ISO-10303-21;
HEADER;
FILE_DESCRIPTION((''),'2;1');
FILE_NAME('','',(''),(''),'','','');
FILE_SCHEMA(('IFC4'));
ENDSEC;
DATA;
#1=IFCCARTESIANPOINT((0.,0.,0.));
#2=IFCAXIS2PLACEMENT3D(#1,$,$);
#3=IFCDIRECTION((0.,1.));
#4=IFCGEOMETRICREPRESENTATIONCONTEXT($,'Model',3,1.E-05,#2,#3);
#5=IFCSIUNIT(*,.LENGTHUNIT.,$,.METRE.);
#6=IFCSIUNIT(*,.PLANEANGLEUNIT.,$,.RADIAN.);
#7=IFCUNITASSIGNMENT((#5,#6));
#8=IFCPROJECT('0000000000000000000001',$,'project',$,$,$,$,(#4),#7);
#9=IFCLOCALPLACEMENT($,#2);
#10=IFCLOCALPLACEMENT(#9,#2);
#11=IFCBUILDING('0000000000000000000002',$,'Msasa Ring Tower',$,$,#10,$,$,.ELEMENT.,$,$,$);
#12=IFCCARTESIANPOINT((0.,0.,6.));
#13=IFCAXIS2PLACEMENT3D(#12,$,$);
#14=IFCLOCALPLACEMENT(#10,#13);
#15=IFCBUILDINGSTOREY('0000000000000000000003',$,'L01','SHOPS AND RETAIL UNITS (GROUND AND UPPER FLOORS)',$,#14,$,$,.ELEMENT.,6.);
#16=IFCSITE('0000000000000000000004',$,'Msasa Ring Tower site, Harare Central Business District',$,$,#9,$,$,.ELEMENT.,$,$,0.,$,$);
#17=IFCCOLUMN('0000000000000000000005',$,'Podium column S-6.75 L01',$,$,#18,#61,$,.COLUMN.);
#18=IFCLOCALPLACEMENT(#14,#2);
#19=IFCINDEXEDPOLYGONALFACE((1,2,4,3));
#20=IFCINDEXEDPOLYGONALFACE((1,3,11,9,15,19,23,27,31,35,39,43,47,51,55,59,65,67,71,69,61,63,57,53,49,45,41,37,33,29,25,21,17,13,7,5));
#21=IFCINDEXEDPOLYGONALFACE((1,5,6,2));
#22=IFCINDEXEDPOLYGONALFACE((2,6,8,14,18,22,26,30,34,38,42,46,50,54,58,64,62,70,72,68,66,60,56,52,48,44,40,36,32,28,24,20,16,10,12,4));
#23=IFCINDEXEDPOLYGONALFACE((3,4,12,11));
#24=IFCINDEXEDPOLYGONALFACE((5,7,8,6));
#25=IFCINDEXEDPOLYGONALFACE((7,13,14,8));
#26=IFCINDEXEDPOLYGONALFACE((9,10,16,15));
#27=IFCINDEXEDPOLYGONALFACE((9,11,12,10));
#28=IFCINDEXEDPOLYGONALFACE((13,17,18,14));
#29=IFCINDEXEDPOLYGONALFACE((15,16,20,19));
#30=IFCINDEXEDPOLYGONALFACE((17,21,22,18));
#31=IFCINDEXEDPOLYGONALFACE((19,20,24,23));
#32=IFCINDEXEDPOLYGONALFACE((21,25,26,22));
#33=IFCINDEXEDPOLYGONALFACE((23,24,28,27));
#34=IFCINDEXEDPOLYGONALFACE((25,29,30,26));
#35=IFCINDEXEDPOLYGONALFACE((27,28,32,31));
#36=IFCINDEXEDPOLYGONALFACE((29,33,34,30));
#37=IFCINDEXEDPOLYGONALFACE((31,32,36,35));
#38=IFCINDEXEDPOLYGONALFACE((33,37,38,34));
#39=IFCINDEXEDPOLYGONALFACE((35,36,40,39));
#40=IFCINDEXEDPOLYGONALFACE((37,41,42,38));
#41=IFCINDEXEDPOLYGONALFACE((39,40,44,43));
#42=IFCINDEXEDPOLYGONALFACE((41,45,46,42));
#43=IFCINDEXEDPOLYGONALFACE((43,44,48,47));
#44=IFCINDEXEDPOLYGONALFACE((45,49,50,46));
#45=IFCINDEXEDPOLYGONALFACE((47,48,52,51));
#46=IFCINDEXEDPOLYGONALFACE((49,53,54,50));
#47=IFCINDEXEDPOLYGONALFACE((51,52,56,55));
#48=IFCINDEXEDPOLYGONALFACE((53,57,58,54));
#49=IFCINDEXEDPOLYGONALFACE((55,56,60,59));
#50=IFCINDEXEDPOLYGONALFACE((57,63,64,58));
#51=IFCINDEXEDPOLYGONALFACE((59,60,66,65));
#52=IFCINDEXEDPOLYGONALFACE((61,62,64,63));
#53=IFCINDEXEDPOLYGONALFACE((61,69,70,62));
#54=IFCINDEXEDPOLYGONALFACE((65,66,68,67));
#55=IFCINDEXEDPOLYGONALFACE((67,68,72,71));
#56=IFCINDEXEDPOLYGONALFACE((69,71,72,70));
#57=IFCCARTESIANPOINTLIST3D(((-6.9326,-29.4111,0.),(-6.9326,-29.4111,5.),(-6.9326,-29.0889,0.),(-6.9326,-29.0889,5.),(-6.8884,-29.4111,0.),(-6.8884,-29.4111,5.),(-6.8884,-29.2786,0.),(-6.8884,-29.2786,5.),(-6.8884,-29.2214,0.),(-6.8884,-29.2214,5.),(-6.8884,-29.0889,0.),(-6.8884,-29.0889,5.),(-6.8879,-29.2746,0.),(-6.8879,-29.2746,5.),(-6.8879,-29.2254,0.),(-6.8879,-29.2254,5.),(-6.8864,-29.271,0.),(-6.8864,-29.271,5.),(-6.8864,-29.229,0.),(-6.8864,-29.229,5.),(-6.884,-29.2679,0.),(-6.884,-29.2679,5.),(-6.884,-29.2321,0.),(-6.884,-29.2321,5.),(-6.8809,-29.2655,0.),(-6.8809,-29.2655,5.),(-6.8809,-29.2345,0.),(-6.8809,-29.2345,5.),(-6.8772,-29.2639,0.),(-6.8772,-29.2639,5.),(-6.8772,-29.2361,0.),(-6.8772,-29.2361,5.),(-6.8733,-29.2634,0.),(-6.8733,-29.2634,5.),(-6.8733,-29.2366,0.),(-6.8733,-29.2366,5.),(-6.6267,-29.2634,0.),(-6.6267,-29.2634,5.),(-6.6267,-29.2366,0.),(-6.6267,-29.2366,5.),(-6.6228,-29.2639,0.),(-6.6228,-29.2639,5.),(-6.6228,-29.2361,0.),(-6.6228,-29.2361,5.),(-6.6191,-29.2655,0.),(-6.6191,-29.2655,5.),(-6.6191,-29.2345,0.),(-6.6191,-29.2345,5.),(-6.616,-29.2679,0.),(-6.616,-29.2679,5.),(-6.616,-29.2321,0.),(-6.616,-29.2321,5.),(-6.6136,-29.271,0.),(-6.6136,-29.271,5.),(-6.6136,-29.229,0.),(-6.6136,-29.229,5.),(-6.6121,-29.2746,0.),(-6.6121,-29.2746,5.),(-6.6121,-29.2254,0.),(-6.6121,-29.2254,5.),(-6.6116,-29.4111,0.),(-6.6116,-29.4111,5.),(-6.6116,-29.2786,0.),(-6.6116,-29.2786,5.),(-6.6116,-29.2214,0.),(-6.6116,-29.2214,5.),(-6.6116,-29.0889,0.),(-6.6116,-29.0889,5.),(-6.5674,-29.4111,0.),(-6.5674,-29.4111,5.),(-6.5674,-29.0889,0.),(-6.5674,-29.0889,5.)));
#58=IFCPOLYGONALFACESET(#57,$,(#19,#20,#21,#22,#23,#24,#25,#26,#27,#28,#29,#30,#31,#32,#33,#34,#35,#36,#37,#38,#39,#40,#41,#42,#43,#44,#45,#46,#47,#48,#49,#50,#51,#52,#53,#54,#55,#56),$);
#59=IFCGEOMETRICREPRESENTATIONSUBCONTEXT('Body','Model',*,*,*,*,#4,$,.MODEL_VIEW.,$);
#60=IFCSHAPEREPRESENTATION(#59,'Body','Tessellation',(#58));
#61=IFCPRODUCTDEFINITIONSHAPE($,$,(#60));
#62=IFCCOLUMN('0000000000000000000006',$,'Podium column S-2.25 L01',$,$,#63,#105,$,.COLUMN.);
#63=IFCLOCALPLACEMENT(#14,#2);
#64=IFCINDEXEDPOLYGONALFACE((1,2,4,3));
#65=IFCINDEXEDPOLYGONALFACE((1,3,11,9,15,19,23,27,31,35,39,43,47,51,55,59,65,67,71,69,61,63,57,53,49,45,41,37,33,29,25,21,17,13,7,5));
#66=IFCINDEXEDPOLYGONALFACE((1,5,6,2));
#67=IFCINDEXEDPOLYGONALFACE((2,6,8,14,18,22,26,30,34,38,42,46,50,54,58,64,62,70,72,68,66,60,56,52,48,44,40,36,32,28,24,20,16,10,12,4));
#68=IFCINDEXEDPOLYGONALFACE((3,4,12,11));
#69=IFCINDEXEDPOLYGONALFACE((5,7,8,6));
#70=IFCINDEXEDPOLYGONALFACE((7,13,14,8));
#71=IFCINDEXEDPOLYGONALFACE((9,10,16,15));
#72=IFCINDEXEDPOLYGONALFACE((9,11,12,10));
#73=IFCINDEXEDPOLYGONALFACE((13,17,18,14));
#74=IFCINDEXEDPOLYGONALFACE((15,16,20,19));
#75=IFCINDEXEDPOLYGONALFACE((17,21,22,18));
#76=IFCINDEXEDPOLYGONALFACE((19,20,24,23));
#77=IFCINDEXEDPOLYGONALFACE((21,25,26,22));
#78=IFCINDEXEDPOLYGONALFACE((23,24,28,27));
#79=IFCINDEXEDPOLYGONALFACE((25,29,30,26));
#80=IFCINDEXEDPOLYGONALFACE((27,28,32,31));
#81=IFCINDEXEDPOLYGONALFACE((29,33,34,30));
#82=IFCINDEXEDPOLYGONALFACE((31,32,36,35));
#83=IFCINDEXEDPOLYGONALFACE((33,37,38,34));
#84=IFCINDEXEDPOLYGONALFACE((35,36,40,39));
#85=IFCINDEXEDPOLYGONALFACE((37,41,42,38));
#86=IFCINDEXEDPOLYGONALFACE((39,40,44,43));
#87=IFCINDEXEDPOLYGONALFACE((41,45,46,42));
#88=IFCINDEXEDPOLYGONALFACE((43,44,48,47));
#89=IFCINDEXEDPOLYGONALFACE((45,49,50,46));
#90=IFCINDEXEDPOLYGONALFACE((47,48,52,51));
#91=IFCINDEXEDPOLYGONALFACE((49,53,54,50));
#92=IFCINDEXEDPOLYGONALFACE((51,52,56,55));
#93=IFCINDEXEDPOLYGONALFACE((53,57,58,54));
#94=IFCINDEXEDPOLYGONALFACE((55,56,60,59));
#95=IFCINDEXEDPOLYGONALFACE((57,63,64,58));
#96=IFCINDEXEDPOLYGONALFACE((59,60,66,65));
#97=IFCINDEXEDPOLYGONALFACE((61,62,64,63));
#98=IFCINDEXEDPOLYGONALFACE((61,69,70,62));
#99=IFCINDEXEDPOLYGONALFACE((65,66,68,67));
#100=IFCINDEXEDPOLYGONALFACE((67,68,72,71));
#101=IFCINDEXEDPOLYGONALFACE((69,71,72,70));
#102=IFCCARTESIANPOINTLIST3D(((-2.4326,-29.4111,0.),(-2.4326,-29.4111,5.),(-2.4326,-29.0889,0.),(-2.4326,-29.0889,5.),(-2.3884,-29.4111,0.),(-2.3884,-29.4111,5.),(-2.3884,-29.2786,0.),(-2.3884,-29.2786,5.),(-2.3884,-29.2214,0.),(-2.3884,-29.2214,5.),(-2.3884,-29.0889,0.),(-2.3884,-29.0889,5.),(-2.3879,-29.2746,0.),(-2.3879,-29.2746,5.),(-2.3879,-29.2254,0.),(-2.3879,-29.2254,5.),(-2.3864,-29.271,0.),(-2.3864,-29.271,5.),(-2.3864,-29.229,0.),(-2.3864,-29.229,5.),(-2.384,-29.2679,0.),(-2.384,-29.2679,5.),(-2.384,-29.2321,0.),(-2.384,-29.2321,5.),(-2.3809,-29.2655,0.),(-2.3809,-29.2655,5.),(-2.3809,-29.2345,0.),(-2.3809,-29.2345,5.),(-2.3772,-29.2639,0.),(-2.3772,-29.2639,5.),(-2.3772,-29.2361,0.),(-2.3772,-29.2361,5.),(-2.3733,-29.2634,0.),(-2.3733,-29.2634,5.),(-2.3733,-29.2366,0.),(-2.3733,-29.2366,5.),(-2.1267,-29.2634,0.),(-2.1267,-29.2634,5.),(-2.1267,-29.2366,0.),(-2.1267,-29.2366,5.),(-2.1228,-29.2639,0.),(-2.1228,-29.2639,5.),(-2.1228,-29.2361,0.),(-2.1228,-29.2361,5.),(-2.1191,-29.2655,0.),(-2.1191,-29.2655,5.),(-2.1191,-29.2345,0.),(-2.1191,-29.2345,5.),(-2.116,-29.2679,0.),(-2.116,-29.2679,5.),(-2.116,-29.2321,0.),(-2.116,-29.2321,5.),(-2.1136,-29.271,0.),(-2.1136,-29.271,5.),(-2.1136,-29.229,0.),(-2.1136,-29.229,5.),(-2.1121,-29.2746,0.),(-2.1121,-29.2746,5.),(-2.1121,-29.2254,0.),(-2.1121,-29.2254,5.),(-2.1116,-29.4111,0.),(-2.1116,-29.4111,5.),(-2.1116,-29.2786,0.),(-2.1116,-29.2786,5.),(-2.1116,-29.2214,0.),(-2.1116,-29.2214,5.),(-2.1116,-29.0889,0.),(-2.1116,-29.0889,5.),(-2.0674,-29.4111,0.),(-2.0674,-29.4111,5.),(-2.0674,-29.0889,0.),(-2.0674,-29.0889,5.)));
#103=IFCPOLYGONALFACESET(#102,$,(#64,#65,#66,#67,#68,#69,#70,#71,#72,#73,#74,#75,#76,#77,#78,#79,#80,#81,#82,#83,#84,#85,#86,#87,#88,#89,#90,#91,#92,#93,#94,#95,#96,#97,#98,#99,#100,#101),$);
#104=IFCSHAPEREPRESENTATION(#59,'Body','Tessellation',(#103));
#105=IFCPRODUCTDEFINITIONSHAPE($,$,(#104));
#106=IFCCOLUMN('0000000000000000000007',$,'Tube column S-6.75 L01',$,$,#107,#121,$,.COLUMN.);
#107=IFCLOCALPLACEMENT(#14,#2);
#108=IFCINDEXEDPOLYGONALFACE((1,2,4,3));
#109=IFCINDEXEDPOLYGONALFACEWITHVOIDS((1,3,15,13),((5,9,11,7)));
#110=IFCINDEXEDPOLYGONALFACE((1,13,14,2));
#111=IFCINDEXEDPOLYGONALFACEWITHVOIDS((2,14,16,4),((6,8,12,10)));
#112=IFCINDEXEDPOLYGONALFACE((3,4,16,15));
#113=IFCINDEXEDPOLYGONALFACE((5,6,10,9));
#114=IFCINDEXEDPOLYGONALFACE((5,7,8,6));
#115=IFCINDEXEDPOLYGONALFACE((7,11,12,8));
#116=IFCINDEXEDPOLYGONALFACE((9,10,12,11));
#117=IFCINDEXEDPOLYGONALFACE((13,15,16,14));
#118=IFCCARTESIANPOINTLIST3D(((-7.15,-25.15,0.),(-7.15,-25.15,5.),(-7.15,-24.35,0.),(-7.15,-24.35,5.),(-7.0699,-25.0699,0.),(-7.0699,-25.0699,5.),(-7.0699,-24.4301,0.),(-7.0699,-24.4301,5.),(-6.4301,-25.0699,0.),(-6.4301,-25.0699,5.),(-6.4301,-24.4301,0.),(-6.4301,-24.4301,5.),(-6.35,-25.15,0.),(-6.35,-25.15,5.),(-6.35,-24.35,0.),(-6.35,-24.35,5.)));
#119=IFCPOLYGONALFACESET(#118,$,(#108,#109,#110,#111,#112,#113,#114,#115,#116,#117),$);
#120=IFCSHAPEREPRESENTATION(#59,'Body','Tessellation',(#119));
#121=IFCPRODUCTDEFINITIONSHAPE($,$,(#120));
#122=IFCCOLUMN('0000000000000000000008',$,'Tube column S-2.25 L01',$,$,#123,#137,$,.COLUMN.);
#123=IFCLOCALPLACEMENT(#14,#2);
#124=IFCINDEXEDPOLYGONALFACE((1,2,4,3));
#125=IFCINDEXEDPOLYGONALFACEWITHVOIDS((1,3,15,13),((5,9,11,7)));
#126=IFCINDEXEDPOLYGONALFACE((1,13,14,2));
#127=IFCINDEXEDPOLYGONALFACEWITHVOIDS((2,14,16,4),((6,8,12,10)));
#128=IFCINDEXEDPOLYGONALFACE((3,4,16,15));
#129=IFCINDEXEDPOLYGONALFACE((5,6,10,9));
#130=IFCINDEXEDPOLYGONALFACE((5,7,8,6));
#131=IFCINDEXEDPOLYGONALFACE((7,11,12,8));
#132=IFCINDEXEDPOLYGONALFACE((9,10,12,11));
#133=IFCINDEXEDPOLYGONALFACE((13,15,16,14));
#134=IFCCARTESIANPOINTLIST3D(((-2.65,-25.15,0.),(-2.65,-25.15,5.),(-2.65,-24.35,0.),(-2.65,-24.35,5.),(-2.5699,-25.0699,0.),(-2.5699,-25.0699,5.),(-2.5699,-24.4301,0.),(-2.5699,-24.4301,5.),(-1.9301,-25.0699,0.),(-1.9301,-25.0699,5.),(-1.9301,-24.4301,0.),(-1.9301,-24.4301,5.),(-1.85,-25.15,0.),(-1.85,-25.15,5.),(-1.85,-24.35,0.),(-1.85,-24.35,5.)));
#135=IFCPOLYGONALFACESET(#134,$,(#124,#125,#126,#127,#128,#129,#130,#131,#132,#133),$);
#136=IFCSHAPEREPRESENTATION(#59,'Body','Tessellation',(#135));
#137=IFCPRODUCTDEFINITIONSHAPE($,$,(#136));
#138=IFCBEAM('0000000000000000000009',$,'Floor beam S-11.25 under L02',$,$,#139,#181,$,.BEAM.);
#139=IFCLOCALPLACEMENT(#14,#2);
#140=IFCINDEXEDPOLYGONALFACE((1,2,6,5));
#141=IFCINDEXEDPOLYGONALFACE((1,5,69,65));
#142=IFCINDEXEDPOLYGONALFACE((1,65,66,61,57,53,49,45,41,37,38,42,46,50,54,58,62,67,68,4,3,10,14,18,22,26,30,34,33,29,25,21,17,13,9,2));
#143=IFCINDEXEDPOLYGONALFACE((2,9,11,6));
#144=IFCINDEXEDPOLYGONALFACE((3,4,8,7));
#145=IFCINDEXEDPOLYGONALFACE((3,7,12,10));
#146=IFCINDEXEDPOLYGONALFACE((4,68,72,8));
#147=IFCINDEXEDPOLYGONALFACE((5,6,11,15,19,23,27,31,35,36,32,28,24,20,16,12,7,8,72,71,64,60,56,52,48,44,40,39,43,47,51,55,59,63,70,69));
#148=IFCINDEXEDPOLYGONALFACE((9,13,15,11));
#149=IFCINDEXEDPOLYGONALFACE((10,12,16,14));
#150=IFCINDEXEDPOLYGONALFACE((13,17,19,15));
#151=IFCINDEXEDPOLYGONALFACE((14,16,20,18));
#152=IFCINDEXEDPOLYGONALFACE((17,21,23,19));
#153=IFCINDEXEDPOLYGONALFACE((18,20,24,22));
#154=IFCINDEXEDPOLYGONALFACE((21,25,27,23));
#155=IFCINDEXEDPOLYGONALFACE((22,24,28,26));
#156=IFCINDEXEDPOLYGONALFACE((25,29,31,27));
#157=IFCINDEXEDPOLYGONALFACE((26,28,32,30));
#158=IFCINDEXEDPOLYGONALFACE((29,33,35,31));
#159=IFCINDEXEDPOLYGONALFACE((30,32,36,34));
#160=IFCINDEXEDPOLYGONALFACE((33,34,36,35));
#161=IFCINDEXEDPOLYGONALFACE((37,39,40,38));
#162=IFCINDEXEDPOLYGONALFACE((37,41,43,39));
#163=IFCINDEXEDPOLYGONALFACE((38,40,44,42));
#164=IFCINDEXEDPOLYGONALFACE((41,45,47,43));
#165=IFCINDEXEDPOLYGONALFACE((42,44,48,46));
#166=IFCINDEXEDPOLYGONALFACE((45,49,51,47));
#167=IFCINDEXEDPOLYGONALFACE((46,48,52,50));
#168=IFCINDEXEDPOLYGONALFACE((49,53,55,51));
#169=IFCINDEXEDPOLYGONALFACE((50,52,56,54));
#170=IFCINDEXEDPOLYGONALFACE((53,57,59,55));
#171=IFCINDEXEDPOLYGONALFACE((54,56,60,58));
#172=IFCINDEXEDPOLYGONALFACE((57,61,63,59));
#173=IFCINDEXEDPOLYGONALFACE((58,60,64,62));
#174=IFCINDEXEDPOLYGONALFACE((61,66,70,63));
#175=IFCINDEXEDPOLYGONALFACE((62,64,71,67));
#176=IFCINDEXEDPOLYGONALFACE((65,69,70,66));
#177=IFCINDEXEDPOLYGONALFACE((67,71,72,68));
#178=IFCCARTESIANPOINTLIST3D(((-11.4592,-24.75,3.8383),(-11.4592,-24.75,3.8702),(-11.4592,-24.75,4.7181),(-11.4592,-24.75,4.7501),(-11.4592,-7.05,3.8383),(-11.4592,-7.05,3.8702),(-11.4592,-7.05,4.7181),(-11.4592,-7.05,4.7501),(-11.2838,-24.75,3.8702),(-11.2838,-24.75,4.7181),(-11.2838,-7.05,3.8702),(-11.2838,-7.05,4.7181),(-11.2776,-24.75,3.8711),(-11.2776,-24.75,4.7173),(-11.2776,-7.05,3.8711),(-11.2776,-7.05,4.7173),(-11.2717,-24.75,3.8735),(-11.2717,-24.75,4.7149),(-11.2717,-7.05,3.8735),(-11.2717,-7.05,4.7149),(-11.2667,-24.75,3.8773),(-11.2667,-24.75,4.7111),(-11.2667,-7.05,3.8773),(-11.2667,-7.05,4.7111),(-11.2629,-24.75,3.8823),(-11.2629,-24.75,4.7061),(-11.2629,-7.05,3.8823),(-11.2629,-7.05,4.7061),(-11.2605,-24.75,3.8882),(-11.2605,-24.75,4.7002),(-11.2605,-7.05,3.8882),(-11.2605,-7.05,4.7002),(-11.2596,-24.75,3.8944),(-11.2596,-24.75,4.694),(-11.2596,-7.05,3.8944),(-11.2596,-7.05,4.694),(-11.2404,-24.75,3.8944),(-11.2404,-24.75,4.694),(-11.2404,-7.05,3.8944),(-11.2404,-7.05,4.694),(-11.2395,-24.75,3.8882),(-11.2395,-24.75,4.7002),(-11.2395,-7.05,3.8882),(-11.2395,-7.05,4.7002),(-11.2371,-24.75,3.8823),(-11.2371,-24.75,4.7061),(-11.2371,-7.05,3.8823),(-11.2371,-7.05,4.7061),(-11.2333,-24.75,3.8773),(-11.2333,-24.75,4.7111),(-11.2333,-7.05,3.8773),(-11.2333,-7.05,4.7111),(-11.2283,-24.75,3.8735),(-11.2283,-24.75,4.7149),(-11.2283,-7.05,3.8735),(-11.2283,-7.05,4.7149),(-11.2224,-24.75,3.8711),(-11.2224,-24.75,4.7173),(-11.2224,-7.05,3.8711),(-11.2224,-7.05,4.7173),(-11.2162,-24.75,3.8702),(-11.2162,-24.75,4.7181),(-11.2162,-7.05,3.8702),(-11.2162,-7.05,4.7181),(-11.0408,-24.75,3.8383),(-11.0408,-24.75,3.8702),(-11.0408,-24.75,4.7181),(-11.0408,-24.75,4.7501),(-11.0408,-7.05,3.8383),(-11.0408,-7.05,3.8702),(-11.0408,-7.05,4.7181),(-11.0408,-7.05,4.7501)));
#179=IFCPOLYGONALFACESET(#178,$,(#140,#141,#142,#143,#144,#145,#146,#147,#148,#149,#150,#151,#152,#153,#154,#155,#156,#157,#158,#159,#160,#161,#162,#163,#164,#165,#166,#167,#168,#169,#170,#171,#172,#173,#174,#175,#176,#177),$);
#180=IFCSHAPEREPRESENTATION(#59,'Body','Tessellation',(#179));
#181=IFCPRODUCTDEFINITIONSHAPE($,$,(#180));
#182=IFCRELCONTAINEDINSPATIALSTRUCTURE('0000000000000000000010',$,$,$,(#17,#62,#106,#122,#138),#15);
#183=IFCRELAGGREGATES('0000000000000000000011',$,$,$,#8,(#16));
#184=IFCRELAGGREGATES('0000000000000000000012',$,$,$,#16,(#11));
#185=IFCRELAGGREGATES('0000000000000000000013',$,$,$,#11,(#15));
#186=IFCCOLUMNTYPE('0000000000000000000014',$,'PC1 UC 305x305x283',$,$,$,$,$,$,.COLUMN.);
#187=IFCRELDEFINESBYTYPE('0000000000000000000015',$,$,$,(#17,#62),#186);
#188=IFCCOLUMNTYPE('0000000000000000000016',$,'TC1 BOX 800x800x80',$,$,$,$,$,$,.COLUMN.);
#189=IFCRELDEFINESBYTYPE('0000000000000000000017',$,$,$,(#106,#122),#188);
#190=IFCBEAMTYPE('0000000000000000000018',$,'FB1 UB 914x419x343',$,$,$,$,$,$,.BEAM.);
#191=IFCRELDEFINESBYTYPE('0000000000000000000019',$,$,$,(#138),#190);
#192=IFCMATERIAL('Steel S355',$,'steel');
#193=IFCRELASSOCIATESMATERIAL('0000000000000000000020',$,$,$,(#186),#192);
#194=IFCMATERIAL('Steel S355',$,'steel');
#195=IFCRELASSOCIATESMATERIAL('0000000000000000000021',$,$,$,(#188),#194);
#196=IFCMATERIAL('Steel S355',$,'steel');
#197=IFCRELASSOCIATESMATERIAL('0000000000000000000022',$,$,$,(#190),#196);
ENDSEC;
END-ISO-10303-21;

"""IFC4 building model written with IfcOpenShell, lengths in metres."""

from ifc_helpers import new_model, si_unit, direction, frame, origin, origin_2d, place, context, subcontext, project, spatial, hollow_rectangle, i_section, extrude, material, material_profile, profile_set, type_object, element, save


model = new_model("IFC4")

# Units and contexts
model_context = context("Model", 3, precision=1e-05, world=origin(), true_north=direction((0.0, 1.0)))
body_context = subcontext(model_context, "Body", "Model", "MODEL_VIEW")
ifc_project = project(units=[si_unit("LENGTHUNIT", "METRE"), si_unit("PLANEANGLEUNIT", "RADIAN")], contexts=[model_context])

# Site, building, storey
site_placement = place(None, origin())
site = spatial("IfcSite", under=ifc_project, at=site_placement, Name="Msasa Ring Tower site, Harare Central Business District", CompositionType="ELEMENT", RefElevation=0.0)
building_placement = place(site_placement, origin())
building = spatial("IfcBuilding", under=site, at=building_placement, Name="Msasa Ring Tower", CompositionType="ELEMENT")
storey_placement = place(building_placement, frame((0.0, 0.0, 6.0)))
storey = spatial("IfcBuildingStorey", under=building, at=storey_placement, Name="L01", Description="SHOPS AND RETAIL UNITS (GROUND AND UPPER FLOORS)", CompositionType="ELEMENT", Elevation=6.0)

# Columns
ifc_material_1 = material(Name="Steel S355", Category="steel")
ifc_material_profile_1 = material_profile(ifc_material_1, i_section(OverallWidth=0.3223, OverallDepth=0.3652, WebThickness=0.0269, FlangeThickness=0.0442, FilletRadius=0.0151, at=origin_2d()), Name="UC 305x305x283")
ifc_profile_set_1 = profile_set([ifc_material_profile_1], Name="Steel S355")
column_type_1 = type_object("IfcColumnType", Name="PC1 UC 305x305x283", PredefinedType="COLUMN", material=ifc_profile_set_1)
for number, where, z_axis, x_axis, name in (
    (1, (-6.75, -29.25, 0.0), (0.0, 0.0, 1.0), (0.0, 1.0, 0.0), "Podium column S-6.75 L01"),
    (2, (-2.25, -29.25, 0.0), (0.0, 0.0, 1.0), (0.0, 1.0, 0.0), "Podium column S-2.25 L01"),
):
    element("IfcColumn", number, at=place(storey_placement, frame(where, z_axis=z_axis, x_axis=x_axis)), inside=storey, type_object=column_type_1, Name=name, PredefinedType="COLUMN", context=body_context, shape_type="SweptSolid", body=[
        extrude(i_section(OverallWidth=0.3223, OverallDepth=0.3652, WebThickness=0.0269, FlangeThickness=0.0442, FilletRadius=0.0151, at=origin_2d()), origin(), (0.0, 0.0, 1.0), 5.0),
    ])
ifc_material_2 = material(Name="Steel S355", Category="steel")
ifc_material_profile_2 = material_profile(ifc_material_2, hollow_rectangle(XDim=0.8, YDim=0.8, WallThickness=0.0801, at=origin_2d()), Name="BOX 800x800x80")
ifc_profile_set_2 = profile_set([ifc_material_profile_2], Name="Steel S355")
column_type_2 = type_object("IfcColumnType", Name="TC1 BOX 800x800x80", PredefinedType="COLUMN", material=ifc_profile_set_2)
for number, where, z_axis, x_axis, name in (
    (3, (-6.75, -24.75, 0.0), (0.0, 0.0, 1.0), (0.0, 1.0, 0.0), "Tube column S-6.75 L01"),
    (4, (-2.25, -24.75, 0.0), (0.0, 0.0, 1.0), (0.0, 1.0, 0.0), "Tube column S-2.25 L01"),
):
    element("IfcColumn", number, at=place(storey_placement, frame(where, z_axis=z_axis, x_axis=x_axis)), inside=storey, type_object=column_type_2, Name=name, PredefinedType="COLUMN", context=body_context, shape_type="SweptSolid", body=[
        extrude(hollow_rectangle(XDim=0.8, YDim=0.8, WallThickness=0.0801, at=origin_2d()), origin(), (0.0, 0.0, 1.0), 5.0),
    ])

# Beam
ifc_material_3 = material(Name="Steel S355", Category="steel")
ifc_material_profile_3 = material_profile(ifc_material_3, i_section(OverallWidth=0.4185, OverallDepth=0.9119, WebThickness=0.0193, FlangeThickness=0.032, FilletRadius=0.0242, at=origin_2d()), Name="UB 914x419x343")
ifc_profile_set_3 = profile_set([ifc_material_profile_3], Name="Steel S355")
beam_type_1 = type_object("IfcBeamType", Name="FB1 UB 914x419x343", PredefinedType="BEAM", material=ifc_profile_set_3)
beam_placement = place(storey_placement, frame((-11.25, -24.75, 4.2942), z_axis=(0.0, 1.0, 0.0), x_axis=(-1.0, 0.0, 0.0)))
element("IfcBeam", 5, at=beam_placement, inside=storey, type_object=beam_type_1, Name="Floor beam S-11.25 under L02", PredefinedType="BEAM", context=body_context, shape_type="SweptSolid", body=[
    extrude(i_section(OverallWidth=0.4185, OverallDepth=0.9119, WebThickness=0.0193, FlangeThickness=0.032, FilletRadius=0.0242, at=origin_2d()), origin(), (0.0, 0.0, 1.0), 17.7),
])

save(model, "model.ifc")
